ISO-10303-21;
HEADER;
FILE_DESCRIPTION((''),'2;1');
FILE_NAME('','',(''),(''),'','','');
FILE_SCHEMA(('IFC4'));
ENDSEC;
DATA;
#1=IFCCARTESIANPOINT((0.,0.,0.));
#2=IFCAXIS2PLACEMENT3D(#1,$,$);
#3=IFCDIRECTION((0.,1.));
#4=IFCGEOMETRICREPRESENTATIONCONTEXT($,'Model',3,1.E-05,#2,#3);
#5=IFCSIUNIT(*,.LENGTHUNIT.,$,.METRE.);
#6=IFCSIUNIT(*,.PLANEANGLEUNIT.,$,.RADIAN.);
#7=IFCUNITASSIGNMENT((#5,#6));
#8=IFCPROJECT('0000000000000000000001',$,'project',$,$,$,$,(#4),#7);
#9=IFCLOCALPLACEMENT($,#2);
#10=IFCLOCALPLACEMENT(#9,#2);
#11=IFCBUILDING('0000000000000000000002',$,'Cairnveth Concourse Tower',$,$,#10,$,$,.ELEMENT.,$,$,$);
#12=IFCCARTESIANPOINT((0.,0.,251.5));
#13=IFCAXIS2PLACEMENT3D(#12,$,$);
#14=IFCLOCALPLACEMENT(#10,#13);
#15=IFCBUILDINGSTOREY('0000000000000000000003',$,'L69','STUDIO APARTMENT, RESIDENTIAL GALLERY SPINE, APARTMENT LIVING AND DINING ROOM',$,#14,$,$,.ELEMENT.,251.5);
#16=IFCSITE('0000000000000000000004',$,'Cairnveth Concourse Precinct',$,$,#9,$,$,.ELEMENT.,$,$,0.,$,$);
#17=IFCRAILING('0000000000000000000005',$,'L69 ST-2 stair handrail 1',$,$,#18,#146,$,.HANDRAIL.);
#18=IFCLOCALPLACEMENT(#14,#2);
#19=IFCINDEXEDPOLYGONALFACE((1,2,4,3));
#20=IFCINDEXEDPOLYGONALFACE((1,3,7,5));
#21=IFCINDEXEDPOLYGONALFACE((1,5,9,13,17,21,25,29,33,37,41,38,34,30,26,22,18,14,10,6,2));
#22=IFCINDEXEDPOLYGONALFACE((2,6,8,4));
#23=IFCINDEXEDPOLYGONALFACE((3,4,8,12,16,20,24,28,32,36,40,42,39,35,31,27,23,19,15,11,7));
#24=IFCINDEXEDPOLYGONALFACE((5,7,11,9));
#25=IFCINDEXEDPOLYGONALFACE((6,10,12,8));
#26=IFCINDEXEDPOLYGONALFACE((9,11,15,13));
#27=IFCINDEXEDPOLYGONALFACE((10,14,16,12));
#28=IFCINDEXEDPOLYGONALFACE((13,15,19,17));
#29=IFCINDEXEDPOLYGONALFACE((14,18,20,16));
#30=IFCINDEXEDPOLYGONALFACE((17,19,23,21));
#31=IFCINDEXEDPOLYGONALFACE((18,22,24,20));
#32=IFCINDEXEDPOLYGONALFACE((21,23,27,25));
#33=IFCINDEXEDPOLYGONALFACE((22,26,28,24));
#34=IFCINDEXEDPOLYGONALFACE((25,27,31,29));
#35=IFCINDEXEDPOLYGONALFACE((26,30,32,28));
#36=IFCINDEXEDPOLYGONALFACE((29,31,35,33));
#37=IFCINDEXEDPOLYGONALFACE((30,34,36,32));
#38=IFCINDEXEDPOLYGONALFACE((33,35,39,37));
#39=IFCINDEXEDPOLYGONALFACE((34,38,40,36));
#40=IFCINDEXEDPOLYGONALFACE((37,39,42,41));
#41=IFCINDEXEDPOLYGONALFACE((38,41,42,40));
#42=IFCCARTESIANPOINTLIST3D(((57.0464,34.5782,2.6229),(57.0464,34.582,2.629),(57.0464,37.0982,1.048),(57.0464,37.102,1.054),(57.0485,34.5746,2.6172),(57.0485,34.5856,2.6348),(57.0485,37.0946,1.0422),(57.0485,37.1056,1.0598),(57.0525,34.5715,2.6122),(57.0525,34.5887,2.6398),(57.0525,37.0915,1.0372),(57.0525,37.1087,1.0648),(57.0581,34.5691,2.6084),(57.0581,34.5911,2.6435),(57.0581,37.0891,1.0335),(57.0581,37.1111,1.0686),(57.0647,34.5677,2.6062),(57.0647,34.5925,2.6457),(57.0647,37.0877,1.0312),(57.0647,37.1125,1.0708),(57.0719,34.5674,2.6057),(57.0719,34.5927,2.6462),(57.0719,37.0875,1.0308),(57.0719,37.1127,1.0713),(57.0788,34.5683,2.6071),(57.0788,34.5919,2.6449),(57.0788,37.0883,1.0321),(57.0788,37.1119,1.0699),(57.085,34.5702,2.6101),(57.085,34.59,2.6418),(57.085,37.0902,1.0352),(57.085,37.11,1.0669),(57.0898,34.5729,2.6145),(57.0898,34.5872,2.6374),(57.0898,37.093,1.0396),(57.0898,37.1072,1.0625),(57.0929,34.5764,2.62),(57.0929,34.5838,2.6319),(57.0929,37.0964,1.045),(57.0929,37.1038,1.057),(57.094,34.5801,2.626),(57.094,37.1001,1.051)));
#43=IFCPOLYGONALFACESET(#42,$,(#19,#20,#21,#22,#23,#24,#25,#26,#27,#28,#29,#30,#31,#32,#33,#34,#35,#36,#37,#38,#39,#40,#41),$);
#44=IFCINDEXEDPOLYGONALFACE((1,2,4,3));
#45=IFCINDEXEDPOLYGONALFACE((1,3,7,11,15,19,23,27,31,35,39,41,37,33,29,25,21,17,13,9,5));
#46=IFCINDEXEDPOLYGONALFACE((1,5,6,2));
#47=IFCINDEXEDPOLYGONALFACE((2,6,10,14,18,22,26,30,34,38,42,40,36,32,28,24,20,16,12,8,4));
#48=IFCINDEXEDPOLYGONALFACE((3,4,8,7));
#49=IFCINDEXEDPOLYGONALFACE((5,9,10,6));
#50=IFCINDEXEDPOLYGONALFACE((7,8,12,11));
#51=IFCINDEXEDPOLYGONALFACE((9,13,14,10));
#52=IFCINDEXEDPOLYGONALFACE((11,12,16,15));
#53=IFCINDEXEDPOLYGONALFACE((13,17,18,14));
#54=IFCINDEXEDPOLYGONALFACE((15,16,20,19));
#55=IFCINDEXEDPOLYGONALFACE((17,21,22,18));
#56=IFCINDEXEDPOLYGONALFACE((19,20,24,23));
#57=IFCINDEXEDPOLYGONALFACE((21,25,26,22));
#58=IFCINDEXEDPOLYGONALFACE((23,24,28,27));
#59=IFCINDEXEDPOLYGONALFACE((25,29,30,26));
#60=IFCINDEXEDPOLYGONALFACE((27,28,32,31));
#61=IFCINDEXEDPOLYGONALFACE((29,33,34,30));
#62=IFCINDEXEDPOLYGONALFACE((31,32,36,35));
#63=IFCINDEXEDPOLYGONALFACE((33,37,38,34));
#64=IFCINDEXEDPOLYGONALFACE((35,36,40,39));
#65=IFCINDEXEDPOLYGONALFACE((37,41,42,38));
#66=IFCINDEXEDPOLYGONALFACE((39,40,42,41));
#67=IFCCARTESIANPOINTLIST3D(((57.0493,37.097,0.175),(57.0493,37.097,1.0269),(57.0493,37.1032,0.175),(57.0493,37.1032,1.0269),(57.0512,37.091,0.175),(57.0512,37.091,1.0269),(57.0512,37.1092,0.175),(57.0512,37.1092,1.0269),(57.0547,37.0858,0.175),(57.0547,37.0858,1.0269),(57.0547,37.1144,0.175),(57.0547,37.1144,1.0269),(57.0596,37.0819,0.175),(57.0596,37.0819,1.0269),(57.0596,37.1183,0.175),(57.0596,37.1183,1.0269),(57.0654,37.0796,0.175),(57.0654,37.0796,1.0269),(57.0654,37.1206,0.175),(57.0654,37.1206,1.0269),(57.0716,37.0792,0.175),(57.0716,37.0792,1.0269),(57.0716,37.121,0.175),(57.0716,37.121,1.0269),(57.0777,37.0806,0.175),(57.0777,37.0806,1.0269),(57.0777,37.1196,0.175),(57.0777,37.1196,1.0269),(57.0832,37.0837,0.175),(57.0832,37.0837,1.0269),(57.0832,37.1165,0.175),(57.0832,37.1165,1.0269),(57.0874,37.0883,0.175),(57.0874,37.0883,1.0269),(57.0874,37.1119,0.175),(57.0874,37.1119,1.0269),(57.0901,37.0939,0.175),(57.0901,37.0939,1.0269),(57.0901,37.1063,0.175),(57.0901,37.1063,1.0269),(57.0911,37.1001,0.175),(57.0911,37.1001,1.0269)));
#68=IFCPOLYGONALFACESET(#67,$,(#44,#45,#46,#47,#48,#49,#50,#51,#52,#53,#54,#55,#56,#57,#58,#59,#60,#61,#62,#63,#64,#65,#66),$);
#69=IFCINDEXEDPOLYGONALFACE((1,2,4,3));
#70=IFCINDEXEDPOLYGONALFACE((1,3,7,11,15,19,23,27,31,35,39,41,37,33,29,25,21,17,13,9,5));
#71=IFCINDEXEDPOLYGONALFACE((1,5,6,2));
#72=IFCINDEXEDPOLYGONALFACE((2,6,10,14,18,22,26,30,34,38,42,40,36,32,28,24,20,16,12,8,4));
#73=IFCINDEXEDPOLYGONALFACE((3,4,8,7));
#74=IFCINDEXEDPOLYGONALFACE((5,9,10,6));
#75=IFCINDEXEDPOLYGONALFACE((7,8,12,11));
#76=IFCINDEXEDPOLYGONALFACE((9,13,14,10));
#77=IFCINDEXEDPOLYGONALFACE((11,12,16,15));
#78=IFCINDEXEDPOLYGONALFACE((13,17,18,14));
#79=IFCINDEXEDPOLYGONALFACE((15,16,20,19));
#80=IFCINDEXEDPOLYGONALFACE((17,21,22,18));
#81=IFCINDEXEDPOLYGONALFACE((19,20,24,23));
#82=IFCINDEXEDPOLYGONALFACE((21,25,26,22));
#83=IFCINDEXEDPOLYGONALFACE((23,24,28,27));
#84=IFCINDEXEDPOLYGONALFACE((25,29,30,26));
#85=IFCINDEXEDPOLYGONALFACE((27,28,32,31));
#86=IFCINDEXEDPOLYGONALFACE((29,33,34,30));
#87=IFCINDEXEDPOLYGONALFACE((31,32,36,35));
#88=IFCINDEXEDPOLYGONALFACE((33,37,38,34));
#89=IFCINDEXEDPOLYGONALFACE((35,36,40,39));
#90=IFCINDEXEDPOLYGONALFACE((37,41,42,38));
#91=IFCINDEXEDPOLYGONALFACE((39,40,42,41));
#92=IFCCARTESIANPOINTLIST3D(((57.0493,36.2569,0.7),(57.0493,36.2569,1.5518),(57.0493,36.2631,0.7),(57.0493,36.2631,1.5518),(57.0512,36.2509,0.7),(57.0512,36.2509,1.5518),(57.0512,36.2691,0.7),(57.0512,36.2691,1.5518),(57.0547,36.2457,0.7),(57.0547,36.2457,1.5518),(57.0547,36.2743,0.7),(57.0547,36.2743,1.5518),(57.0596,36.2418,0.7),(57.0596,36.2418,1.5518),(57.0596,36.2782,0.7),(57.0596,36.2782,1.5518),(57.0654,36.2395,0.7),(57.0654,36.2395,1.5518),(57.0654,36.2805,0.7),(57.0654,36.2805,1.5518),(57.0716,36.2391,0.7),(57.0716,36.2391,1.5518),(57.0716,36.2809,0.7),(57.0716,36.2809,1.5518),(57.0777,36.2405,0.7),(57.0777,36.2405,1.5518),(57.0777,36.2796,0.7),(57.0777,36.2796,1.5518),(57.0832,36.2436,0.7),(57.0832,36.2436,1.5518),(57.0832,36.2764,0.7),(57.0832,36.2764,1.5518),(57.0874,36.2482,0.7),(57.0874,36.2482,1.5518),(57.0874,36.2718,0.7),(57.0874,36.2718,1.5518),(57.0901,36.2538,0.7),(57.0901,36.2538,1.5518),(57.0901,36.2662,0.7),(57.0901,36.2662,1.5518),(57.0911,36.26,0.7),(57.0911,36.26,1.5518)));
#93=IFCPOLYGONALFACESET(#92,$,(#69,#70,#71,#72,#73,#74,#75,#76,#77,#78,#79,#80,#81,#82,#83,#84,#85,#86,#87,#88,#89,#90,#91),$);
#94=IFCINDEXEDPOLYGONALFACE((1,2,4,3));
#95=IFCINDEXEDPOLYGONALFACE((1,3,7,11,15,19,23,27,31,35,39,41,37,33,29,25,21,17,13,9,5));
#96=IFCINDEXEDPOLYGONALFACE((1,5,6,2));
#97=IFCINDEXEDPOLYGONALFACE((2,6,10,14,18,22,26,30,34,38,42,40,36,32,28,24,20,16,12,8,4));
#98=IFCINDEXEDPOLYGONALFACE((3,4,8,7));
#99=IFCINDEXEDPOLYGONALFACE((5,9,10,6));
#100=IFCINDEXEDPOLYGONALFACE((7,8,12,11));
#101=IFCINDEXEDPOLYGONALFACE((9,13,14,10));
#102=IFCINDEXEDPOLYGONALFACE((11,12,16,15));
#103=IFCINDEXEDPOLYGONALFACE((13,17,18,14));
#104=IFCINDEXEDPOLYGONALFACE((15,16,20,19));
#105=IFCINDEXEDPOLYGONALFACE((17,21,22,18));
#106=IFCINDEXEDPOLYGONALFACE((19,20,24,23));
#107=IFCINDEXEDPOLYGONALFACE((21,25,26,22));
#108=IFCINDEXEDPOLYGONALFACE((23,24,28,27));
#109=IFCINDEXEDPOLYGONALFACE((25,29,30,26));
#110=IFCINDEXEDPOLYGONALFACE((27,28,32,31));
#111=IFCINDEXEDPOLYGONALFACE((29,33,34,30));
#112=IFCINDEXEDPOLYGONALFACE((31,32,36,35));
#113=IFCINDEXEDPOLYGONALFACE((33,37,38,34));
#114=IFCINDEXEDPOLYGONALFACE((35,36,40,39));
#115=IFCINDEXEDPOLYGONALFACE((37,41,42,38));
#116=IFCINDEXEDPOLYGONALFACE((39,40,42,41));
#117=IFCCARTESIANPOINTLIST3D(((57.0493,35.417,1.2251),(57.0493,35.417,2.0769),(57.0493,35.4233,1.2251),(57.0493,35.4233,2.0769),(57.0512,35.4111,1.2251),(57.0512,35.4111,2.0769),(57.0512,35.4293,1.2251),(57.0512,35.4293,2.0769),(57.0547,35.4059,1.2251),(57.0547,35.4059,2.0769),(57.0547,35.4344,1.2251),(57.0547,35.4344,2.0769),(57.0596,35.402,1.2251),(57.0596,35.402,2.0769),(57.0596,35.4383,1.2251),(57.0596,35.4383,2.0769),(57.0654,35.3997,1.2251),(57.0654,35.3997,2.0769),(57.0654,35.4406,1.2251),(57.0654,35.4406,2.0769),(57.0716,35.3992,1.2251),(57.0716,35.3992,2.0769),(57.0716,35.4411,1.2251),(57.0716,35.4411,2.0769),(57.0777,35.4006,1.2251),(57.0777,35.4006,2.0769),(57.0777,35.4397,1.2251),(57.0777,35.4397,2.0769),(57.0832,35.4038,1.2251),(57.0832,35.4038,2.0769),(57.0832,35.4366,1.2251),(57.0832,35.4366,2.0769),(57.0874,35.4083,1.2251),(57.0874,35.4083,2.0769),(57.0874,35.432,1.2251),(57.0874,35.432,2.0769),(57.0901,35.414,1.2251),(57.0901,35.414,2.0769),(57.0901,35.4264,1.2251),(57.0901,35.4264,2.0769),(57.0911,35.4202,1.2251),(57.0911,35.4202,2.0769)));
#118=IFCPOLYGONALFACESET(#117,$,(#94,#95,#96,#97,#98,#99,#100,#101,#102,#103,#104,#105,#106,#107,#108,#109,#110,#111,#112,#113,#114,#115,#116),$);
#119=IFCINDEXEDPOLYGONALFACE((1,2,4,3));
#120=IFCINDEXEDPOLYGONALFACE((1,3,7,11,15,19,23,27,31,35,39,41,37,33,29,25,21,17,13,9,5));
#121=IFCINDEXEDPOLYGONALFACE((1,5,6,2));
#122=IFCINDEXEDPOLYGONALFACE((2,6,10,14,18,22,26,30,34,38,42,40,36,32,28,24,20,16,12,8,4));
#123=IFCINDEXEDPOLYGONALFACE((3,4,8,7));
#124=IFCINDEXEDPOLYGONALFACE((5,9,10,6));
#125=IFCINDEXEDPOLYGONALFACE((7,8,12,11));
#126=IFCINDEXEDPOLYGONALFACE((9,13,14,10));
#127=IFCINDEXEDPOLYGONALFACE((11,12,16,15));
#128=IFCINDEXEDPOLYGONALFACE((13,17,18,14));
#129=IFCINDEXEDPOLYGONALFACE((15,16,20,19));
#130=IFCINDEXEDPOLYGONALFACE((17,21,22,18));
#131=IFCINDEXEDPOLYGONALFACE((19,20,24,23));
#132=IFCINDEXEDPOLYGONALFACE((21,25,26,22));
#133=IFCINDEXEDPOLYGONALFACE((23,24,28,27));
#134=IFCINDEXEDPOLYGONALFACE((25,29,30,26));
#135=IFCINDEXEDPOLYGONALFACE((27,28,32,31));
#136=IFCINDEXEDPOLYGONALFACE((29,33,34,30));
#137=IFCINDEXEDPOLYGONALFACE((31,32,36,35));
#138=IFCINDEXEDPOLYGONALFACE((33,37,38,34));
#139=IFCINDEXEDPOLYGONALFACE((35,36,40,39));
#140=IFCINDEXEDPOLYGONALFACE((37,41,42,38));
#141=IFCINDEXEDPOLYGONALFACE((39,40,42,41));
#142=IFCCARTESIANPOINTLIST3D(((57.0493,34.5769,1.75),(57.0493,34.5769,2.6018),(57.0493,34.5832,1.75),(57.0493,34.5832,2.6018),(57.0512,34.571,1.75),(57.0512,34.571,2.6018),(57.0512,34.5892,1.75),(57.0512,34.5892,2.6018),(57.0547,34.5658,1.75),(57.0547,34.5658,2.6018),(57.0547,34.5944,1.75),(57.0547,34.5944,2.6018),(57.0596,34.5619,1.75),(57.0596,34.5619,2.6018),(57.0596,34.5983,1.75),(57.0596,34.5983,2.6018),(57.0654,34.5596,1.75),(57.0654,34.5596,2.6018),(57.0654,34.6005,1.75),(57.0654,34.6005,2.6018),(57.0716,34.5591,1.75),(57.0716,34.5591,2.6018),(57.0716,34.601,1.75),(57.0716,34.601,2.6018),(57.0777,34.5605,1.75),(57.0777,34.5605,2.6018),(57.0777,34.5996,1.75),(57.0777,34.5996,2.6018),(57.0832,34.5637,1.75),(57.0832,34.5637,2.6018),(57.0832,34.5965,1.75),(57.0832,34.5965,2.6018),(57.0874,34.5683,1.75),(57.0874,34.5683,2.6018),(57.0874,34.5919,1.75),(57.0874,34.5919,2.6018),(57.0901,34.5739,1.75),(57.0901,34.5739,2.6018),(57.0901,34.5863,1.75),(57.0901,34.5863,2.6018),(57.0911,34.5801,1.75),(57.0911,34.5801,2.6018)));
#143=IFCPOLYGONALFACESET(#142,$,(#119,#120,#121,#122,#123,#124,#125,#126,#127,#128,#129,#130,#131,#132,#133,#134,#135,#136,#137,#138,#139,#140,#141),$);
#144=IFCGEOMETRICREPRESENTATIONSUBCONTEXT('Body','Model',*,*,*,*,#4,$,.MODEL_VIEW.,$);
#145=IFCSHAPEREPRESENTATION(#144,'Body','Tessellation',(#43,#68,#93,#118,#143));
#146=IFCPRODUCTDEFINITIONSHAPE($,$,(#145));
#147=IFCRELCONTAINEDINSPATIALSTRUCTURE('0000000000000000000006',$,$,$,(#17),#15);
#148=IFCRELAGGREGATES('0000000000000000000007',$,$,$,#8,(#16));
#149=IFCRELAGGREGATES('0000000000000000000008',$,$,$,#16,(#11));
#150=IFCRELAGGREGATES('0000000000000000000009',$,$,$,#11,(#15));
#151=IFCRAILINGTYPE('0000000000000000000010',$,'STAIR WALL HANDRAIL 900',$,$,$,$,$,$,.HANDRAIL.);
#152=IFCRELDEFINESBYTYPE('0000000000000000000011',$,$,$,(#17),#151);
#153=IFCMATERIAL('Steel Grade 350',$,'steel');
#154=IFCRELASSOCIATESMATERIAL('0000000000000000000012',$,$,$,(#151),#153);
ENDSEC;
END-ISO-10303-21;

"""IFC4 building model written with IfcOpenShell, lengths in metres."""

from ifc_helpers import new_model, si_unit, direction, frame, origin, origin_2d, place, context, subcontext, project, spatial, circle, extrude, material, type_object, element, save


model = new_model("IFC4")

# Units and contexts
model_context = context("Model", 3, precision=1e-05, world=origin(), true_north=direction((0.0, 1.0)))
body_context = subcontext(model_context, "Body", "Model", "MODEL_VIEW")
ifc_project = project(units=[si_unit("LENGTHUNIT", "METRE"), si_unit("PLANEANGLEUNIT", "RADIAN")], contexts=[model_context])

# Site, building, storey
site_placement = place(None, origin())
site = spatial("IfcSite", under=ifc_project, at=site_placement, Name="Cairnveth Concourse Precinct", CompositionType="ELEMENT", RefElevation=0.0)
building_placement = place(site_placement, origin())
building = spatial("IfcBuilding", under=site, at=building_placement, Name="Cairnveth Concourse Tower", CompositionType="ELEMENT")
storey_placement = place(building_placement, frame((0.0, 0.0, 251.5)))
storey = spatial("IfcBuildingStorey", under=building, at=storey_placement, Name="L69", Description="STUDIO APARTMENT, RESIDENTIAL GALLERY SPINE, APARTMENT LIVING AND DINING ROOM", CompositionType="ELEMENT", Elevation=251.5)

# Shared definitions
ifc_material_1 = material(Name="Steel Grade 350", Category="steel")

# Railing
railing_type_1 = type_object("IfcRailingType", Name="STAIR WALL HANDRAIL 900", PredefinedType="HANDRAIL", material=ifc_material_1)
railing_1_placement = place(storey_placement, frame((57.0701, 37.1001, 0.175)))
element("IfcRailing", 1, at=railing_1_placement, inside=storey, type_object=railing_type_1, Name="L69 ST-2 stair handrail 1", PredefinedType="HANDRAIL", context=body_context, shape_type="SweptSolid", body=[
    extrude(circle(Radius=0.0239, at=origin_2d()), frame((0.0, 0.0, 0.876), z_axis=(0.0, -0.848008, 0.529984), x_axis=(1.0, 0.0, 0.0)), (0.0, 0.0, 1.0), 2.9717),
    extrude(circle(Radius=0.021, at=origin_2d()), origin(), (0.0, 0.0, 1.0), 0.8518),
    extrude(circle(Radius=0.021, at=origin_2d()), frame((0.0, -0.8401, 0.5249)), (0.0, 0.0, 1.0), 0.8518),
    extrude(circle(Radius=0.021, at=origin_2d()), frame((0.0, -1.6799, 1.05)), (0.0, 0.0, 1.0), 0.8518),
    extrude(circle(Radius=0.021, at=origin_2d()), frame((0.0, -2.52, 1.575)), (0.0, 0.0, 1.0), 0.8518),
])

save(model, "model.ifc")
